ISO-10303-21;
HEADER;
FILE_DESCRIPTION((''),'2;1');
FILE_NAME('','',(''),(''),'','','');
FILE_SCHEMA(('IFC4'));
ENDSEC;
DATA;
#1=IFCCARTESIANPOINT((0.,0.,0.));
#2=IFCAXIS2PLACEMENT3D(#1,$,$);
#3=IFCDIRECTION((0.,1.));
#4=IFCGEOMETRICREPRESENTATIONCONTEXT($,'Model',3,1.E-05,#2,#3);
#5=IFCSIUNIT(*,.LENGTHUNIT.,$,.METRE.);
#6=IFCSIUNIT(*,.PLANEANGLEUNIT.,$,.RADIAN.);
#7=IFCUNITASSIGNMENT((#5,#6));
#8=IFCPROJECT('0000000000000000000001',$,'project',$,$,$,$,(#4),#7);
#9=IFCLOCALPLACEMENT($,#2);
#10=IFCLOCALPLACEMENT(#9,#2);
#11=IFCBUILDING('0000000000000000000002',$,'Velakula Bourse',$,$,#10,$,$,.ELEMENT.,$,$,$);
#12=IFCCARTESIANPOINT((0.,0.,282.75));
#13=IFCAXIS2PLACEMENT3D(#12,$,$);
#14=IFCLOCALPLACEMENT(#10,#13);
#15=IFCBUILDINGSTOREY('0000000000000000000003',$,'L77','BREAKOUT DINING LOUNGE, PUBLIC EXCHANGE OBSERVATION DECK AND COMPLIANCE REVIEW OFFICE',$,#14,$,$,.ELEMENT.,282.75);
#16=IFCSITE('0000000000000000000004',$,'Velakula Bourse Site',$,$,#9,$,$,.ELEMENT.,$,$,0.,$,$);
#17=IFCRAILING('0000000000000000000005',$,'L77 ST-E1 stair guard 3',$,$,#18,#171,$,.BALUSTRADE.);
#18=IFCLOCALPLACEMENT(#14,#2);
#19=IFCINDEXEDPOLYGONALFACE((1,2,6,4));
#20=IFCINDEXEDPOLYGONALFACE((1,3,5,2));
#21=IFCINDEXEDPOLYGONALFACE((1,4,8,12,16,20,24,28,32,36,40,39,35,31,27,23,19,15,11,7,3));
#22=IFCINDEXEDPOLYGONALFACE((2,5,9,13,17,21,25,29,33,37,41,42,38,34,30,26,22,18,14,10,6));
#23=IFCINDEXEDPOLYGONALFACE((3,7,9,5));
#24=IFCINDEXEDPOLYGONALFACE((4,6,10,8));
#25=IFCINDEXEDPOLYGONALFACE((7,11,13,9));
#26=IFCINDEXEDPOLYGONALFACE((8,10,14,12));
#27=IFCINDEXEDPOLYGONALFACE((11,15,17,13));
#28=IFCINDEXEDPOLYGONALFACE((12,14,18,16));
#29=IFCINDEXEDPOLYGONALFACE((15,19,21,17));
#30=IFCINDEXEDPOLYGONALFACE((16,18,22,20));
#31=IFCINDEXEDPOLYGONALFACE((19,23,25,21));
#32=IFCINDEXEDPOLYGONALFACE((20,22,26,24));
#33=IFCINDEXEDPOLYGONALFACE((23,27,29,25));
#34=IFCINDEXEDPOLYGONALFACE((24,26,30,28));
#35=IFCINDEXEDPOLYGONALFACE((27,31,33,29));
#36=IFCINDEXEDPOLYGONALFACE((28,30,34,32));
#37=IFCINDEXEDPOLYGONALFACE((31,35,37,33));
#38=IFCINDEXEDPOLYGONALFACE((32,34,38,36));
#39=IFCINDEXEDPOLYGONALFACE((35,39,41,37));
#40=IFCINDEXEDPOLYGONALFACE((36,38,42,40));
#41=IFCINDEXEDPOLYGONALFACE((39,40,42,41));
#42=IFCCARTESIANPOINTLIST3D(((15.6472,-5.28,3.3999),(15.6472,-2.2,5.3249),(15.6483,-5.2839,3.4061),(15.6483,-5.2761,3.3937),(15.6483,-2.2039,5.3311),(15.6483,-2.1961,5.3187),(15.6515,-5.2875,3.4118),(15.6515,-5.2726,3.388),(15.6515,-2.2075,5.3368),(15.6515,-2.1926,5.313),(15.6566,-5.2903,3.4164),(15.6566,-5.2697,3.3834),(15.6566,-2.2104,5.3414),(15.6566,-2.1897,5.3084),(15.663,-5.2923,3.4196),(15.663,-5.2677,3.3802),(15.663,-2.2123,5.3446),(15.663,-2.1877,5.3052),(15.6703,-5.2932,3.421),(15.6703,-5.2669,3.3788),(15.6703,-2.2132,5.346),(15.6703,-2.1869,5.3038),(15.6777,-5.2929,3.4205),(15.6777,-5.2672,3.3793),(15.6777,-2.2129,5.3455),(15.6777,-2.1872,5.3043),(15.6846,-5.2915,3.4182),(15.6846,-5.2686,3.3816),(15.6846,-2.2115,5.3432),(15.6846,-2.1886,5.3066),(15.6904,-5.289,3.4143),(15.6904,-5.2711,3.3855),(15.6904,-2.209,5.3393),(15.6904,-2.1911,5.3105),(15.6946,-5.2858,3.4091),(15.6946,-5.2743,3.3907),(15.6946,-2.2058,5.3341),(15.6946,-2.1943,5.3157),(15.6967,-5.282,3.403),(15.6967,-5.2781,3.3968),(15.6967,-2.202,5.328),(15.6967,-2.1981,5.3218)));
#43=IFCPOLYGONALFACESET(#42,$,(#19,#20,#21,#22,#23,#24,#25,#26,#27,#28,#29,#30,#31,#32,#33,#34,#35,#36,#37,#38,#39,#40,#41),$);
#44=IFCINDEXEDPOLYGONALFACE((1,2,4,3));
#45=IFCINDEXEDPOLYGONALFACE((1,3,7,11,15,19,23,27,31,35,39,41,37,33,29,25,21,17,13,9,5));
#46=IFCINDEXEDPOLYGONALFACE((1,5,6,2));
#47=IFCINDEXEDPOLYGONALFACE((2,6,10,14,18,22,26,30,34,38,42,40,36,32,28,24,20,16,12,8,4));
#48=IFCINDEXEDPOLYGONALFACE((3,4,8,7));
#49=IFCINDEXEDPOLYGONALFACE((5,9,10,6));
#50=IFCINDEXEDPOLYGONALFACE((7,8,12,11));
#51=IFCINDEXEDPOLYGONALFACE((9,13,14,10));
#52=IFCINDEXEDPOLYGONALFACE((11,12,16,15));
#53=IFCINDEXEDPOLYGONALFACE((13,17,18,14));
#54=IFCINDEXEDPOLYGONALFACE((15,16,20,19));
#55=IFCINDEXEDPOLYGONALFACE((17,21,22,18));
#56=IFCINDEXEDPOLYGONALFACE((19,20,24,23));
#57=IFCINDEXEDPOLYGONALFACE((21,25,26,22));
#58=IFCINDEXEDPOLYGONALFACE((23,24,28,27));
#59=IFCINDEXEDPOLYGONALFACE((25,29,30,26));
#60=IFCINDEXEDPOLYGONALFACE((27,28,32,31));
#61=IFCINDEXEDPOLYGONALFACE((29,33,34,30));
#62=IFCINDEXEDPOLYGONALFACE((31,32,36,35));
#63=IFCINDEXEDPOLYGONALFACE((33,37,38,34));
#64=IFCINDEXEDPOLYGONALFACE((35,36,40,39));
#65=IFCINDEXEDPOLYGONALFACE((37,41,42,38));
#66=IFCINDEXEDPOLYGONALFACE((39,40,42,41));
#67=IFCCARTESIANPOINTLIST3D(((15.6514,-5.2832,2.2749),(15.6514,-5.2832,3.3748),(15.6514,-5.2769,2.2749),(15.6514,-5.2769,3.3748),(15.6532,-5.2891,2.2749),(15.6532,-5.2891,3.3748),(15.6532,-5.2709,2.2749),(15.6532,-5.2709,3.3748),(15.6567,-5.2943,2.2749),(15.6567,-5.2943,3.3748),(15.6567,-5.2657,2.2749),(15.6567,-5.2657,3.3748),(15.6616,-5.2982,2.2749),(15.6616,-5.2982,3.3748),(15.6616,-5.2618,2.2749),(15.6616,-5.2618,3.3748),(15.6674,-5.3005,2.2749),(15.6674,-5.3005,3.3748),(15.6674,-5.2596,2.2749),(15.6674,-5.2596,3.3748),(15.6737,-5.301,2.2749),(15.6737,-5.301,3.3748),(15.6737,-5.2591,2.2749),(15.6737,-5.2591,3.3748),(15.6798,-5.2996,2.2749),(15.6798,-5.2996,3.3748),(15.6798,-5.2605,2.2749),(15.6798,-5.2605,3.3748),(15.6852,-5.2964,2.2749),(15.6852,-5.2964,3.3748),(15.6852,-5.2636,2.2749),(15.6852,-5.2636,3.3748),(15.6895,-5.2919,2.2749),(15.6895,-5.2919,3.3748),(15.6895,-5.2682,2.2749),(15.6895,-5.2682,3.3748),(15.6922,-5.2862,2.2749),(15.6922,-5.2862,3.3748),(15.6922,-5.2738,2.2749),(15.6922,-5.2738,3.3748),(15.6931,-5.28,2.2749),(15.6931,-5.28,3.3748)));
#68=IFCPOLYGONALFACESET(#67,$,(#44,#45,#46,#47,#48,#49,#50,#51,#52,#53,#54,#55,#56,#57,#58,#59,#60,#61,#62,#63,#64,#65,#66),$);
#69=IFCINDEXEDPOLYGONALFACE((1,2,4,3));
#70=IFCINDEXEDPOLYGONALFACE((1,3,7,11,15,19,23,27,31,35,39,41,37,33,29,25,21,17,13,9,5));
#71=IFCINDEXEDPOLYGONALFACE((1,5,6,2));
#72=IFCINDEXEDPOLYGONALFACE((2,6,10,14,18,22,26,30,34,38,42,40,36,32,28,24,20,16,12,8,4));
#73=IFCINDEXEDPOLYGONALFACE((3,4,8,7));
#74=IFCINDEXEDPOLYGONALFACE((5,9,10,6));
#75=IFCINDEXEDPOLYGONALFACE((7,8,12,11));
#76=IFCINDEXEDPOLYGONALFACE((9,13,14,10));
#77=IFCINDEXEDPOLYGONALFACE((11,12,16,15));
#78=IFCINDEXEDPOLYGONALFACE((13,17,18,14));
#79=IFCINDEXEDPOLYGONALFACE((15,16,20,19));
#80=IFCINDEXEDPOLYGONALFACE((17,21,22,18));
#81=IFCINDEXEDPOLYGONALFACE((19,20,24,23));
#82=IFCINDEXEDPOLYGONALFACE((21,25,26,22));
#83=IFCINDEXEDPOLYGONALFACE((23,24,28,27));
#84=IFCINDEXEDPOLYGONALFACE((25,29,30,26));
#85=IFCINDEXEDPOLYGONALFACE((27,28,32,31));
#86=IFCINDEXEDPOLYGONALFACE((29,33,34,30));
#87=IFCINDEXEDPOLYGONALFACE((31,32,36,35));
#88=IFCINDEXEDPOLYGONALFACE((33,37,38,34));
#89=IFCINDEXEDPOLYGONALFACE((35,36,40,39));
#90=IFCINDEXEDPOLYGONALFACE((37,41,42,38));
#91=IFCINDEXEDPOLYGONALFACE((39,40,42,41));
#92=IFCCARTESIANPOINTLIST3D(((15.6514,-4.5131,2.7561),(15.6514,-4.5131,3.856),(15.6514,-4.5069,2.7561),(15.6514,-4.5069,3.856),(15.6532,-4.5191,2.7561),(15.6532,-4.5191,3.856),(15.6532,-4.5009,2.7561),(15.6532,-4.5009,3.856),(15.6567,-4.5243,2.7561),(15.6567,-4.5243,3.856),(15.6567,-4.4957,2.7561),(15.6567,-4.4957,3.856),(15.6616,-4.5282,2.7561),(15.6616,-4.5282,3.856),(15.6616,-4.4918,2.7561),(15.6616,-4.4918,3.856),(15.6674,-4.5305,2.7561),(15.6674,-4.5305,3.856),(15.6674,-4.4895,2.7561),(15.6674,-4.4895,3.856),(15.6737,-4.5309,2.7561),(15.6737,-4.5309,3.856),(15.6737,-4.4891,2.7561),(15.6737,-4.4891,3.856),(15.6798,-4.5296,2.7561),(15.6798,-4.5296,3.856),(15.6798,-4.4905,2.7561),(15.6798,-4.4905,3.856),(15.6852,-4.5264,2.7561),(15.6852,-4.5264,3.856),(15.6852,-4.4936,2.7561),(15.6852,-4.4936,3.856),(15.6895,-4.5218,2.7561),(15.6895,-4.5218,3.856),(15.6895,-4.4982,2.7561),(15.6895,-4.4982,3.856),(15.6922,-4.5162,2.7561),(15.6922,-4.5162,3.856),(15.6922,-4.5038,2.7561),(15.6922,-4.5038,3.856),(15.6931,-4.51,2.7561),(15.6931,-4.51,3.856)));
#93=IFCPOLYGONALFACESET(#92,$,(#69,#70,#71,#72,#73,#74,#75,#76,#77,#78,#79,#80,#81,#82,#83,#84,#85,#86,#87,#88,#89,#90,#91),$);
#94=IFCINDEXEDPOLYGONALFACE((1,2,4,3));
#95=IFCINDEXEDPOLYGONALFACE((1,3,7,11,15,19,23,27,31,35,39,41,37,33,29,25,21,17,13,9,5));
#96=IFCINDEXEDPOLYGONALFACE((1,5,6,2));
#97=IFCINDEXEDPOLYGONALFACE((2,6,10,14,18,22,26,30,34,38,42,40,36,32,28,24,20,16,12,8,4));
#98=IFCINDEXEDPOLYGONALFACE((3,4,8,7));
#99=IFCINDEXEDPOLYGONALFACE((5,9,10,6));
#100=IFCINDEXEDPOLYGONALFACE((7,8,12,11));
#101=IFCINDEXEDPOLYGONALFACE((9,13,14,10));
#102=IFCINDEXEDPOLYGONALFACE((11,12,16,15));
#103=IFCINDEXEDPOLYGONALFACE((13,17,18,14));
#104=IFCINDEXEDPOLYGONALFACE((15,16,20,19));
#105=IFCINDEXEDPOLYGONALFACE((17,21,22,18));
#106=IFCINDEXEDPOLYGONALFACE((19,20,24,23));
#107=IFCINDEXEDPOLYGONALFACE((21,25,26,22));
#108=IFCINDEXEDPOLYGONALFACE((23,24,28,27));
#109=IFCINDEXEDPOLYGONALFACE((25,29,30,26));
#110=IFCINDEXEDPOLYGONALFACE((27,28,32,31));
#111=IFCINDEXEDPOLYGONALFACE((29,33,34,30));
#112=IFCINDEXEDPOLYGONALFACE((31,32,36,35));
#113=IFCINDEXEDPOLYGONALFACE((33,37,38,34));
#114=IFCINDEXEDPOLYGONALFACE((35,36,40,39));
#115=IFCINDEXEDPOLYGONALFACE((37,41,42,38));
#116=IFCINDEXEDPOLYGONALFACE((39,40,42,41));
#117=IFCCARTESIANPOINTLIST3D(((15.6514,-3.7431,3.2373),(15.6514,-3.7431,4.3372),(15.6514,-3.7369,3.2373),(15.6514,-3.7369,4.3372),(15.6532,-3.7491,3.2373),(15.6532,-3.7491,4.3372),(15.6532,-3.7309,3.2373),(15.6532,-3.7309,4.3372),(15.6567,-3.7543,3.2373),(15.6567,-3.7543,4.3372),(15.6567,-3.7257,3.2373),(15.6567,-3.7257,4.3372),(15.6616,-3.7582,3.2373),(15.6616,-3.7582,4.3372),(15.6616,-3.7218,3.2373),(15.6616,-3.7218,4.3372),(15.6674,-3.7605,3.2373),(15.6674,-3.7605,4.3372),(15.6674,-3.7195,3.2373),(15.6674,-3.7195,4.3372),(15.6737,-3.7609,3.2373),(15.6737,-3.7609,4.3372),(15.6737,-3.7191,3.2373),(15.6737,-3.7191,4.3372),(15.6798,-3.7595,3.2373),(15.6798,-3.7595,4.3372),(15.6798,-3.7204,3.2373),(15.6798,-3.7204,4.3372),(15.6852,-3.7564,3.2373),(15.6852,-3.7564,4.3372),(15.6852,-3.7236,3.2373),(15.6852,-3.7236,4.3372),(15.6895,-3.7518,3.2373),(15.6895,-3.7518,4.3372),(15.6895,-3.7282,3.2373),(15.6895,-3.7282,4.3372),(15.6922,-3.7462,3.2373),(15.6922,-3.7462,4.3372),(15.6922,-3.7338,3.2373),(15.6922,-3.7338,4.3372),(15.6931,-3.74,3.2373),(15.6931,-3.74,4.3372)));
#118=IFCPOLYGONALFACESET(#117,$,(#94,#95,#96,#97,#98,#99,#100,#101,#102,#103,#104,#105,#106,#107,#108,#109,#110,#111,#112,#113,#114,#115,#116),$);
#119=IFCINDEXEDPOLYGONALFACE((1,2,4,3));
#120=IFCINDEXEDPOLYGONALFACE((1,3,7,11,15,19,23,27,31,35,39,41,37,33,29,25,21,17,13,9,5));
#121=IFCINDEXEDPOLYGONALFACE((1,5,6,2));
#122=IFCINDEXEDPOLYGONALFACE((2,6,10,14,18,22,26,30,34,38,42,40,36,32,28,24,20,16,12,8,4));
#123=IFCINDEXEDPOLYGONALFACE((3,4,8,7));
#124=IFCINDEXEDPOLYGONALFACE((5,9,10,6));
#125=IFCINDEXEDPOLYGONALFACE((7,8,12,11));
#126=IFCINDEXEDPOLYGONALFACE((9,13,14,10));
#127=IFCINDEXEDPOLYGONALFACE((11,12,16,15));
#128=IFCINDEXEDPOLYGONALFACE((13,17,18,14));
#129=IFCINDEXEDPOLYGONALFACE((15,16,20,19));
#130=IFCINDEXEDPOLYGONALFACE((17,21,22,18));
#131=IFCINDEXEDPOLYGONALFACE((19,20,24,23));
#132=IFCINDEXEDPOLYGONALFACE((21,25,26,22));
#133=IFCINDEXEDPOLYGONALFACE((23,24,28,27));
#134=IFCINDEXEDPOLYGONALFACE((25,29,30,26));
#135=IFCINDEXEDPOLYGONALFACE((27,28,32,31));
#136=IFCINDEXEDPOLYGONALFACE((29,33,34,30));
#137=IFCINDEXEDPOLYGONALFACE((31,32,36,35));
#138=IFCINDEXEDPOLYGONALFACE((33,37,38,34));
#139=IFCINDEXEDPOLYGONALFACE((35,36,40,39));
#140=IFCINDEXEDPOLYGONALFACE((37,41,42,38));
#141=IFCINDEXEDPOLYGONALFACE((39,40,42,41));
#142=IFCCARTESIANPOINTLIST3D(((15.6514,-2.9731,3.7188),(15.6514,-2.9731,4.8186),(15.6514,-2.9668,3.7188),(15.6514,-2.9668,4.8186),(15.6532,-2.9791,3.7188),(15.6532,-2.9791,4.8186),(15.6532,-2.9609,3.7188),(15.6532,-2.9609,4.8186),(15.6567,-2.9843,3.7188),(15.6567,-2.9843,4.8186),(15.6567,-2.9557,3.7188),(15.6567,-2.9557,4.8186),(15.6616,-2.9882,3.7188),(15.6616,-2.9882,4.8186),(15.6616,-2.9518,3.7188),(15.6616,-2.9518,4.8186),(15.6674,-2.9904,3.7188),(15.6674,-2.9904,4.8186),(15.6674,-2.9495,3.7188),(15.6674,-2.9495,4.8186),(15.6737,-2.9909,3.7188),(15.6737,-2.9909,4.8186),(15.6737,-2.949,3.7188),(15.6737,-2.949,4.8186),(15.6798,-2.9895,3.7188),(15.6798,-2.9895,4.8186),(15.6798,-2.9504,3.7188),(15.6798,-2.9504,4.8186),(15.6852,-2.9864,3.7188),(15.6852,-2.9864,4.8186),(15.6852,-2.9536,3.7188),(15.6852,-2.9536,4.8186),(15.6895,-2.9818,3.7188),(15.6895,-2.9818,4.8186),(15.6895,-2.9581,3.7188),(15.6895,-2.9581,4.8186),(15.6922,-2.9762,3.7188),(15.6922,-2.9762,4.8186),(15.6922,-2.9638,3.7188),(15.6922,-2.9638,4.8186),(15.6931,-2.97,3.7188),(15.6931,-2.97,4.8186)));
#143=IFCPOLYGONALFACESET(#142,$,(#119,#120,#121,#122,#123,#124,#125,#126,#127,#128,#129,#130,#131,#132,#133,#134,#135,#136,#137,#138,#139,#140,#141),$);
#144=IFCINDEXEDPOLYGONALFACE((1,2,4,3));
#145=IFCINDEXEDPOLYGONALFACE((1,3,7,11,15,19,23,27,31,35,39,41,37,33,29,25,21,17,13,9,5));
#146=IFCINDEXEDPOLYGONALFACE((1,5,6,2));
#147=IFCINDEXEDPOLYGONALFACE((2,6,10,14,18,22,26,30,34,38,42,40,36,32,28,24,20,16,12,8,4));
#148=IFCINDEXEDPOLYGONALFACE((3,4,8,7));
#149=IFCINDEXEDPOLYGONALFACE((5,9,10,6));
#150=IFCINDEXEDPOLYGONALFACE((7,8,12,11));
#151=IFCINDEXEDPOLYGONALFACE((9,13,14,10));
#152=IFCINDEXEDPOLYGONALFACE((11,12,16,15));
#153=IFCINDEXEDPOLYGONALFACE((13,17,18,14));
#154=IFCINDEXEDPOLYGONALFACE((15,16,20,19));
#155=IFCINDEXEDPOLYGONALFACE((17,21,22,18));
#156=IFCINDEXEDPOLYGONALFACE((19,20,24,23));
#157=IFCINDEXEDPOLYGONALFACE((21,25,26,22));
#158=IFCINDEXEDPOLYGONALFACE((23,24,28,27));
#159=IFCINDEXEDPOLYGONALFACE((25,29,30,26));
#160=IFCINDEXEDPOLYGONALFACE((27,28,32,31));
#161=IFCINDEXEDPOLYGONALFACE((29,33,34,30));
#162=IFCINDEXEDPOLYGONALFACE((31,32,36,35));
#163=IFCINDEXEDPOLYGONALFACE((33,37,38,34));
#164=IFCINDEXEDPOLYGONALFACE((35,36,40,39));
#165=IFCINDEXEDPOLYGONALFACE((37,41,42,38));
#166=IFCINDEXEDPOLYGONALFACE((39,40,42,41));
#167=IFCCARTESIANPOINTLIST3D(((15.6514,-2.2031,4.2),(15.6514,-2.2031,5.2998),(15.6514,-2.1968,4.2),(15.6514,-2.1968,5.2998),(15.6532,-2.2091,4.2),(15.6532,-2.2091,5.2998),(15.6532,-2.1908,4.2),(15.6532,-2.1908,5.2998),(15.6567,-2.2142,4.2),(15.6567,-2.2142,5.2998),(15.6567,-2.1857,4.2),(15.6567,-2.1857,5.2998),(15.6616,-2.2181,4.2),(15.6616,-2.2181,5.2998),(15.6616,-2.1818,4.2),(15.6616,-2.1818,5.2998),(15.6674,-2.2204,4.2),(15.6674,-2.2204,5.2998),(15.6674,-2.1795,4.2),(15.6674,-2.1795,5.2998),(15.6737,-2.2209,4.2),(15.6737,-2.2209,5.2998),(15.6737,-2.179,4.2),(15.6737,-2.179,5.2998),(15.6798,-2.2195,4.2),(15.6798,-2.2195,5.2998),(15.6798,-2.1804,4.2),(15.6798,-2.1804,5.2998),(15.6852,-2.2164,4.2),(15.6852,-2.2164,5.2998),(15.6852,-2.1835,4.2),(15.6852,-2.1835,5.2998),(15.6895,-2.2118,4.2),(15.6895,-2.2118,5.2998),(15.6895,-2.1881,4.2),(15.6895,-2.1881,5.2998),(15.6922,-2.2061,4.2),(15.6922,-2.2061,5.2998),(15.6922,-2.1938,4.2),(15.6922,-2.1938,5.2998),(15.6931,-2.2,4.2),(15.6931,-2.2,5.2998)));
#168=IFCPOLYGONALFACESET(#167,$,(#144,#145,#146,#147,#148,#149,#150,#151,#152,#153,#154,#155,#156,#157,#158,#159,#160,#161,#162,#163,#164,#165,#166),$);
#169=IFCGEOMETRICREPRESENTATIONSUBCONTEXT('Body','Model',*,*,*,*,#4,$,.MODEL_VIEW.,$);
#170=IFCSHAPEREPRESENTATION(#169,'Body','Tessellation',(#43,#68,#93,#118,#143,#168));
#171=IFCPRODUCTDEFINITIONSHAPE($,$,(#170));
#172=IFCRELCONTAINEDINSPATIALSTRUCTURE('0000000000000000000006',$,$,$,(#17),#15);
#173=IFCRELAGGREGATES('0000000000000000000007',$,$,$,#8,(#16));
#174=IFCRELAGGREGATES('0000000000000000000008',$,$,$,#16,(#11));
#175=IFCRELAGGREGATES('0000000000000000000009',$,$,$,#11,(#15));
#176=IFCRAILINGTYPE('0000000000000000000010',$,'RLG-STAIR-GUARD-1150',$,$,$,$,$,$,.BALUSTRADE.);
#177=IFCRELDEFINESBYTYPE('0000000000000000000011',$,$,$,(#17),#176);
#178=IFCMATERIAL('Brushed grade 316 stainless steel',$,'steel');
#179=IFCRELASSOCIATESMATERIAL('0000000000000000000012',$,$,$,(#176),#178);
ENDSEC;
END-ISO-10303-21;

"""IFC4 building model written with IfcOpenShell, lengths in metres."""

from ifc_helpers import new_model, si_unit, direction, frame, origin, origin_2d, place, context, subcontext, project, spatial, circle, extrude, material, type_object, element, save


model = new_model("IFC4")

# Units and contexts
model_context = context("Model", 3, precision=1e-05, world=origin(), true_north=direction((0.0, 1.0)))
body_context = subcontext(model_context, "Body", "Model", "MODEL_VIEW")
ifc_project = project(units=[si_unit("LENGTHUNIT", "METRE"), si_unit("PLANEANGLEUNIT", "RADIAN")], contexts=[model_context])

# Site, building, storey
site_placement = place(None, origin())
site = spatial("IfcSite", under=ifc_project, at=site_placement, Name="Velakula Bourse Site", CompositionType="ELEMENT", RefElevation=0.0)
building_placement = place(site_placement, origin())
building = spatial("IfcBuilding", under=site, at=building_placement, Name="Velakula Bourse", CompositionType="ELEMENT")
storey_placement = place(building_placement, frame((0.0, 0.0, 282.75)))
storey = spatial("IfcBuildingStorey", under=building, at=storey_placement, Name="L77", Description="BREAKOUT DINING LOUNGE, PUBLIC EXCHANGE OBSERVATION DECK AND COMPLIANCE REVIEW OFFICE", CompositionType="ELEMENT", Elevation=282.75)

# Shared definitions
ifc_material_1 = material(Name="Brushed grade 316 stainless steel", Category="steel")

# Railing
railing_type_1 = type_object("IfcRailingType", Name="RLG-STAIR-GUARD-1150", PredefinedType="BALUSTRADE", material=ifc_material_1)
railing_1_placement = place(storey_placement, frame((15.6721, -5.28, 2.2749)))
element("IfcRailing", 1, at=railing_1_placement, inside=storey, type_object=railing_type_1, Name="L77 ST-E1 stair guard 3", PredefinedType="BALUSTRADE", context=body_context, shape_type="SweptSolid", body=[
    extrude(circle(Radius=0.0249, at=origin_2d()), frame((0.0, 0.0, 1.125), z_axis=(0.0, 0.847998, 0.529999), x_axis=(-1.0, 0.0, 0.0)), (0.0, 0.0, 1.0), 3.6321),
    extrude(circle(Radius=0.021, at=origin_2d()), origin(), (0.0, 0.0, 1.0), 1.0999),
    extrude(circle(Radius=0.021, at=origin_2d()), frame((0.0, 0.77, 0.4812)), (0.0, 0.0, 1.0), 1.0999),
    extrude(circle(Radius=0.021, at=origin_2d()), frame((0.0, 1.54, 0.9624)), (0.0, 0.0, 1.0), 1.0999),
    extrude(circle(Radius=0.021, at=origin_2d()), frame((0.0, 2.3101, 1.4438)), (0.0, 0.0, 1.0), 1.0999),
    extrude(circle(Radius=0.021, at=origin_2d()), frame((0.0, 3.0801, 1.925)), (0.0, 0.0, 1.0), 1.0999),
])

save(model, "model.ifc")
